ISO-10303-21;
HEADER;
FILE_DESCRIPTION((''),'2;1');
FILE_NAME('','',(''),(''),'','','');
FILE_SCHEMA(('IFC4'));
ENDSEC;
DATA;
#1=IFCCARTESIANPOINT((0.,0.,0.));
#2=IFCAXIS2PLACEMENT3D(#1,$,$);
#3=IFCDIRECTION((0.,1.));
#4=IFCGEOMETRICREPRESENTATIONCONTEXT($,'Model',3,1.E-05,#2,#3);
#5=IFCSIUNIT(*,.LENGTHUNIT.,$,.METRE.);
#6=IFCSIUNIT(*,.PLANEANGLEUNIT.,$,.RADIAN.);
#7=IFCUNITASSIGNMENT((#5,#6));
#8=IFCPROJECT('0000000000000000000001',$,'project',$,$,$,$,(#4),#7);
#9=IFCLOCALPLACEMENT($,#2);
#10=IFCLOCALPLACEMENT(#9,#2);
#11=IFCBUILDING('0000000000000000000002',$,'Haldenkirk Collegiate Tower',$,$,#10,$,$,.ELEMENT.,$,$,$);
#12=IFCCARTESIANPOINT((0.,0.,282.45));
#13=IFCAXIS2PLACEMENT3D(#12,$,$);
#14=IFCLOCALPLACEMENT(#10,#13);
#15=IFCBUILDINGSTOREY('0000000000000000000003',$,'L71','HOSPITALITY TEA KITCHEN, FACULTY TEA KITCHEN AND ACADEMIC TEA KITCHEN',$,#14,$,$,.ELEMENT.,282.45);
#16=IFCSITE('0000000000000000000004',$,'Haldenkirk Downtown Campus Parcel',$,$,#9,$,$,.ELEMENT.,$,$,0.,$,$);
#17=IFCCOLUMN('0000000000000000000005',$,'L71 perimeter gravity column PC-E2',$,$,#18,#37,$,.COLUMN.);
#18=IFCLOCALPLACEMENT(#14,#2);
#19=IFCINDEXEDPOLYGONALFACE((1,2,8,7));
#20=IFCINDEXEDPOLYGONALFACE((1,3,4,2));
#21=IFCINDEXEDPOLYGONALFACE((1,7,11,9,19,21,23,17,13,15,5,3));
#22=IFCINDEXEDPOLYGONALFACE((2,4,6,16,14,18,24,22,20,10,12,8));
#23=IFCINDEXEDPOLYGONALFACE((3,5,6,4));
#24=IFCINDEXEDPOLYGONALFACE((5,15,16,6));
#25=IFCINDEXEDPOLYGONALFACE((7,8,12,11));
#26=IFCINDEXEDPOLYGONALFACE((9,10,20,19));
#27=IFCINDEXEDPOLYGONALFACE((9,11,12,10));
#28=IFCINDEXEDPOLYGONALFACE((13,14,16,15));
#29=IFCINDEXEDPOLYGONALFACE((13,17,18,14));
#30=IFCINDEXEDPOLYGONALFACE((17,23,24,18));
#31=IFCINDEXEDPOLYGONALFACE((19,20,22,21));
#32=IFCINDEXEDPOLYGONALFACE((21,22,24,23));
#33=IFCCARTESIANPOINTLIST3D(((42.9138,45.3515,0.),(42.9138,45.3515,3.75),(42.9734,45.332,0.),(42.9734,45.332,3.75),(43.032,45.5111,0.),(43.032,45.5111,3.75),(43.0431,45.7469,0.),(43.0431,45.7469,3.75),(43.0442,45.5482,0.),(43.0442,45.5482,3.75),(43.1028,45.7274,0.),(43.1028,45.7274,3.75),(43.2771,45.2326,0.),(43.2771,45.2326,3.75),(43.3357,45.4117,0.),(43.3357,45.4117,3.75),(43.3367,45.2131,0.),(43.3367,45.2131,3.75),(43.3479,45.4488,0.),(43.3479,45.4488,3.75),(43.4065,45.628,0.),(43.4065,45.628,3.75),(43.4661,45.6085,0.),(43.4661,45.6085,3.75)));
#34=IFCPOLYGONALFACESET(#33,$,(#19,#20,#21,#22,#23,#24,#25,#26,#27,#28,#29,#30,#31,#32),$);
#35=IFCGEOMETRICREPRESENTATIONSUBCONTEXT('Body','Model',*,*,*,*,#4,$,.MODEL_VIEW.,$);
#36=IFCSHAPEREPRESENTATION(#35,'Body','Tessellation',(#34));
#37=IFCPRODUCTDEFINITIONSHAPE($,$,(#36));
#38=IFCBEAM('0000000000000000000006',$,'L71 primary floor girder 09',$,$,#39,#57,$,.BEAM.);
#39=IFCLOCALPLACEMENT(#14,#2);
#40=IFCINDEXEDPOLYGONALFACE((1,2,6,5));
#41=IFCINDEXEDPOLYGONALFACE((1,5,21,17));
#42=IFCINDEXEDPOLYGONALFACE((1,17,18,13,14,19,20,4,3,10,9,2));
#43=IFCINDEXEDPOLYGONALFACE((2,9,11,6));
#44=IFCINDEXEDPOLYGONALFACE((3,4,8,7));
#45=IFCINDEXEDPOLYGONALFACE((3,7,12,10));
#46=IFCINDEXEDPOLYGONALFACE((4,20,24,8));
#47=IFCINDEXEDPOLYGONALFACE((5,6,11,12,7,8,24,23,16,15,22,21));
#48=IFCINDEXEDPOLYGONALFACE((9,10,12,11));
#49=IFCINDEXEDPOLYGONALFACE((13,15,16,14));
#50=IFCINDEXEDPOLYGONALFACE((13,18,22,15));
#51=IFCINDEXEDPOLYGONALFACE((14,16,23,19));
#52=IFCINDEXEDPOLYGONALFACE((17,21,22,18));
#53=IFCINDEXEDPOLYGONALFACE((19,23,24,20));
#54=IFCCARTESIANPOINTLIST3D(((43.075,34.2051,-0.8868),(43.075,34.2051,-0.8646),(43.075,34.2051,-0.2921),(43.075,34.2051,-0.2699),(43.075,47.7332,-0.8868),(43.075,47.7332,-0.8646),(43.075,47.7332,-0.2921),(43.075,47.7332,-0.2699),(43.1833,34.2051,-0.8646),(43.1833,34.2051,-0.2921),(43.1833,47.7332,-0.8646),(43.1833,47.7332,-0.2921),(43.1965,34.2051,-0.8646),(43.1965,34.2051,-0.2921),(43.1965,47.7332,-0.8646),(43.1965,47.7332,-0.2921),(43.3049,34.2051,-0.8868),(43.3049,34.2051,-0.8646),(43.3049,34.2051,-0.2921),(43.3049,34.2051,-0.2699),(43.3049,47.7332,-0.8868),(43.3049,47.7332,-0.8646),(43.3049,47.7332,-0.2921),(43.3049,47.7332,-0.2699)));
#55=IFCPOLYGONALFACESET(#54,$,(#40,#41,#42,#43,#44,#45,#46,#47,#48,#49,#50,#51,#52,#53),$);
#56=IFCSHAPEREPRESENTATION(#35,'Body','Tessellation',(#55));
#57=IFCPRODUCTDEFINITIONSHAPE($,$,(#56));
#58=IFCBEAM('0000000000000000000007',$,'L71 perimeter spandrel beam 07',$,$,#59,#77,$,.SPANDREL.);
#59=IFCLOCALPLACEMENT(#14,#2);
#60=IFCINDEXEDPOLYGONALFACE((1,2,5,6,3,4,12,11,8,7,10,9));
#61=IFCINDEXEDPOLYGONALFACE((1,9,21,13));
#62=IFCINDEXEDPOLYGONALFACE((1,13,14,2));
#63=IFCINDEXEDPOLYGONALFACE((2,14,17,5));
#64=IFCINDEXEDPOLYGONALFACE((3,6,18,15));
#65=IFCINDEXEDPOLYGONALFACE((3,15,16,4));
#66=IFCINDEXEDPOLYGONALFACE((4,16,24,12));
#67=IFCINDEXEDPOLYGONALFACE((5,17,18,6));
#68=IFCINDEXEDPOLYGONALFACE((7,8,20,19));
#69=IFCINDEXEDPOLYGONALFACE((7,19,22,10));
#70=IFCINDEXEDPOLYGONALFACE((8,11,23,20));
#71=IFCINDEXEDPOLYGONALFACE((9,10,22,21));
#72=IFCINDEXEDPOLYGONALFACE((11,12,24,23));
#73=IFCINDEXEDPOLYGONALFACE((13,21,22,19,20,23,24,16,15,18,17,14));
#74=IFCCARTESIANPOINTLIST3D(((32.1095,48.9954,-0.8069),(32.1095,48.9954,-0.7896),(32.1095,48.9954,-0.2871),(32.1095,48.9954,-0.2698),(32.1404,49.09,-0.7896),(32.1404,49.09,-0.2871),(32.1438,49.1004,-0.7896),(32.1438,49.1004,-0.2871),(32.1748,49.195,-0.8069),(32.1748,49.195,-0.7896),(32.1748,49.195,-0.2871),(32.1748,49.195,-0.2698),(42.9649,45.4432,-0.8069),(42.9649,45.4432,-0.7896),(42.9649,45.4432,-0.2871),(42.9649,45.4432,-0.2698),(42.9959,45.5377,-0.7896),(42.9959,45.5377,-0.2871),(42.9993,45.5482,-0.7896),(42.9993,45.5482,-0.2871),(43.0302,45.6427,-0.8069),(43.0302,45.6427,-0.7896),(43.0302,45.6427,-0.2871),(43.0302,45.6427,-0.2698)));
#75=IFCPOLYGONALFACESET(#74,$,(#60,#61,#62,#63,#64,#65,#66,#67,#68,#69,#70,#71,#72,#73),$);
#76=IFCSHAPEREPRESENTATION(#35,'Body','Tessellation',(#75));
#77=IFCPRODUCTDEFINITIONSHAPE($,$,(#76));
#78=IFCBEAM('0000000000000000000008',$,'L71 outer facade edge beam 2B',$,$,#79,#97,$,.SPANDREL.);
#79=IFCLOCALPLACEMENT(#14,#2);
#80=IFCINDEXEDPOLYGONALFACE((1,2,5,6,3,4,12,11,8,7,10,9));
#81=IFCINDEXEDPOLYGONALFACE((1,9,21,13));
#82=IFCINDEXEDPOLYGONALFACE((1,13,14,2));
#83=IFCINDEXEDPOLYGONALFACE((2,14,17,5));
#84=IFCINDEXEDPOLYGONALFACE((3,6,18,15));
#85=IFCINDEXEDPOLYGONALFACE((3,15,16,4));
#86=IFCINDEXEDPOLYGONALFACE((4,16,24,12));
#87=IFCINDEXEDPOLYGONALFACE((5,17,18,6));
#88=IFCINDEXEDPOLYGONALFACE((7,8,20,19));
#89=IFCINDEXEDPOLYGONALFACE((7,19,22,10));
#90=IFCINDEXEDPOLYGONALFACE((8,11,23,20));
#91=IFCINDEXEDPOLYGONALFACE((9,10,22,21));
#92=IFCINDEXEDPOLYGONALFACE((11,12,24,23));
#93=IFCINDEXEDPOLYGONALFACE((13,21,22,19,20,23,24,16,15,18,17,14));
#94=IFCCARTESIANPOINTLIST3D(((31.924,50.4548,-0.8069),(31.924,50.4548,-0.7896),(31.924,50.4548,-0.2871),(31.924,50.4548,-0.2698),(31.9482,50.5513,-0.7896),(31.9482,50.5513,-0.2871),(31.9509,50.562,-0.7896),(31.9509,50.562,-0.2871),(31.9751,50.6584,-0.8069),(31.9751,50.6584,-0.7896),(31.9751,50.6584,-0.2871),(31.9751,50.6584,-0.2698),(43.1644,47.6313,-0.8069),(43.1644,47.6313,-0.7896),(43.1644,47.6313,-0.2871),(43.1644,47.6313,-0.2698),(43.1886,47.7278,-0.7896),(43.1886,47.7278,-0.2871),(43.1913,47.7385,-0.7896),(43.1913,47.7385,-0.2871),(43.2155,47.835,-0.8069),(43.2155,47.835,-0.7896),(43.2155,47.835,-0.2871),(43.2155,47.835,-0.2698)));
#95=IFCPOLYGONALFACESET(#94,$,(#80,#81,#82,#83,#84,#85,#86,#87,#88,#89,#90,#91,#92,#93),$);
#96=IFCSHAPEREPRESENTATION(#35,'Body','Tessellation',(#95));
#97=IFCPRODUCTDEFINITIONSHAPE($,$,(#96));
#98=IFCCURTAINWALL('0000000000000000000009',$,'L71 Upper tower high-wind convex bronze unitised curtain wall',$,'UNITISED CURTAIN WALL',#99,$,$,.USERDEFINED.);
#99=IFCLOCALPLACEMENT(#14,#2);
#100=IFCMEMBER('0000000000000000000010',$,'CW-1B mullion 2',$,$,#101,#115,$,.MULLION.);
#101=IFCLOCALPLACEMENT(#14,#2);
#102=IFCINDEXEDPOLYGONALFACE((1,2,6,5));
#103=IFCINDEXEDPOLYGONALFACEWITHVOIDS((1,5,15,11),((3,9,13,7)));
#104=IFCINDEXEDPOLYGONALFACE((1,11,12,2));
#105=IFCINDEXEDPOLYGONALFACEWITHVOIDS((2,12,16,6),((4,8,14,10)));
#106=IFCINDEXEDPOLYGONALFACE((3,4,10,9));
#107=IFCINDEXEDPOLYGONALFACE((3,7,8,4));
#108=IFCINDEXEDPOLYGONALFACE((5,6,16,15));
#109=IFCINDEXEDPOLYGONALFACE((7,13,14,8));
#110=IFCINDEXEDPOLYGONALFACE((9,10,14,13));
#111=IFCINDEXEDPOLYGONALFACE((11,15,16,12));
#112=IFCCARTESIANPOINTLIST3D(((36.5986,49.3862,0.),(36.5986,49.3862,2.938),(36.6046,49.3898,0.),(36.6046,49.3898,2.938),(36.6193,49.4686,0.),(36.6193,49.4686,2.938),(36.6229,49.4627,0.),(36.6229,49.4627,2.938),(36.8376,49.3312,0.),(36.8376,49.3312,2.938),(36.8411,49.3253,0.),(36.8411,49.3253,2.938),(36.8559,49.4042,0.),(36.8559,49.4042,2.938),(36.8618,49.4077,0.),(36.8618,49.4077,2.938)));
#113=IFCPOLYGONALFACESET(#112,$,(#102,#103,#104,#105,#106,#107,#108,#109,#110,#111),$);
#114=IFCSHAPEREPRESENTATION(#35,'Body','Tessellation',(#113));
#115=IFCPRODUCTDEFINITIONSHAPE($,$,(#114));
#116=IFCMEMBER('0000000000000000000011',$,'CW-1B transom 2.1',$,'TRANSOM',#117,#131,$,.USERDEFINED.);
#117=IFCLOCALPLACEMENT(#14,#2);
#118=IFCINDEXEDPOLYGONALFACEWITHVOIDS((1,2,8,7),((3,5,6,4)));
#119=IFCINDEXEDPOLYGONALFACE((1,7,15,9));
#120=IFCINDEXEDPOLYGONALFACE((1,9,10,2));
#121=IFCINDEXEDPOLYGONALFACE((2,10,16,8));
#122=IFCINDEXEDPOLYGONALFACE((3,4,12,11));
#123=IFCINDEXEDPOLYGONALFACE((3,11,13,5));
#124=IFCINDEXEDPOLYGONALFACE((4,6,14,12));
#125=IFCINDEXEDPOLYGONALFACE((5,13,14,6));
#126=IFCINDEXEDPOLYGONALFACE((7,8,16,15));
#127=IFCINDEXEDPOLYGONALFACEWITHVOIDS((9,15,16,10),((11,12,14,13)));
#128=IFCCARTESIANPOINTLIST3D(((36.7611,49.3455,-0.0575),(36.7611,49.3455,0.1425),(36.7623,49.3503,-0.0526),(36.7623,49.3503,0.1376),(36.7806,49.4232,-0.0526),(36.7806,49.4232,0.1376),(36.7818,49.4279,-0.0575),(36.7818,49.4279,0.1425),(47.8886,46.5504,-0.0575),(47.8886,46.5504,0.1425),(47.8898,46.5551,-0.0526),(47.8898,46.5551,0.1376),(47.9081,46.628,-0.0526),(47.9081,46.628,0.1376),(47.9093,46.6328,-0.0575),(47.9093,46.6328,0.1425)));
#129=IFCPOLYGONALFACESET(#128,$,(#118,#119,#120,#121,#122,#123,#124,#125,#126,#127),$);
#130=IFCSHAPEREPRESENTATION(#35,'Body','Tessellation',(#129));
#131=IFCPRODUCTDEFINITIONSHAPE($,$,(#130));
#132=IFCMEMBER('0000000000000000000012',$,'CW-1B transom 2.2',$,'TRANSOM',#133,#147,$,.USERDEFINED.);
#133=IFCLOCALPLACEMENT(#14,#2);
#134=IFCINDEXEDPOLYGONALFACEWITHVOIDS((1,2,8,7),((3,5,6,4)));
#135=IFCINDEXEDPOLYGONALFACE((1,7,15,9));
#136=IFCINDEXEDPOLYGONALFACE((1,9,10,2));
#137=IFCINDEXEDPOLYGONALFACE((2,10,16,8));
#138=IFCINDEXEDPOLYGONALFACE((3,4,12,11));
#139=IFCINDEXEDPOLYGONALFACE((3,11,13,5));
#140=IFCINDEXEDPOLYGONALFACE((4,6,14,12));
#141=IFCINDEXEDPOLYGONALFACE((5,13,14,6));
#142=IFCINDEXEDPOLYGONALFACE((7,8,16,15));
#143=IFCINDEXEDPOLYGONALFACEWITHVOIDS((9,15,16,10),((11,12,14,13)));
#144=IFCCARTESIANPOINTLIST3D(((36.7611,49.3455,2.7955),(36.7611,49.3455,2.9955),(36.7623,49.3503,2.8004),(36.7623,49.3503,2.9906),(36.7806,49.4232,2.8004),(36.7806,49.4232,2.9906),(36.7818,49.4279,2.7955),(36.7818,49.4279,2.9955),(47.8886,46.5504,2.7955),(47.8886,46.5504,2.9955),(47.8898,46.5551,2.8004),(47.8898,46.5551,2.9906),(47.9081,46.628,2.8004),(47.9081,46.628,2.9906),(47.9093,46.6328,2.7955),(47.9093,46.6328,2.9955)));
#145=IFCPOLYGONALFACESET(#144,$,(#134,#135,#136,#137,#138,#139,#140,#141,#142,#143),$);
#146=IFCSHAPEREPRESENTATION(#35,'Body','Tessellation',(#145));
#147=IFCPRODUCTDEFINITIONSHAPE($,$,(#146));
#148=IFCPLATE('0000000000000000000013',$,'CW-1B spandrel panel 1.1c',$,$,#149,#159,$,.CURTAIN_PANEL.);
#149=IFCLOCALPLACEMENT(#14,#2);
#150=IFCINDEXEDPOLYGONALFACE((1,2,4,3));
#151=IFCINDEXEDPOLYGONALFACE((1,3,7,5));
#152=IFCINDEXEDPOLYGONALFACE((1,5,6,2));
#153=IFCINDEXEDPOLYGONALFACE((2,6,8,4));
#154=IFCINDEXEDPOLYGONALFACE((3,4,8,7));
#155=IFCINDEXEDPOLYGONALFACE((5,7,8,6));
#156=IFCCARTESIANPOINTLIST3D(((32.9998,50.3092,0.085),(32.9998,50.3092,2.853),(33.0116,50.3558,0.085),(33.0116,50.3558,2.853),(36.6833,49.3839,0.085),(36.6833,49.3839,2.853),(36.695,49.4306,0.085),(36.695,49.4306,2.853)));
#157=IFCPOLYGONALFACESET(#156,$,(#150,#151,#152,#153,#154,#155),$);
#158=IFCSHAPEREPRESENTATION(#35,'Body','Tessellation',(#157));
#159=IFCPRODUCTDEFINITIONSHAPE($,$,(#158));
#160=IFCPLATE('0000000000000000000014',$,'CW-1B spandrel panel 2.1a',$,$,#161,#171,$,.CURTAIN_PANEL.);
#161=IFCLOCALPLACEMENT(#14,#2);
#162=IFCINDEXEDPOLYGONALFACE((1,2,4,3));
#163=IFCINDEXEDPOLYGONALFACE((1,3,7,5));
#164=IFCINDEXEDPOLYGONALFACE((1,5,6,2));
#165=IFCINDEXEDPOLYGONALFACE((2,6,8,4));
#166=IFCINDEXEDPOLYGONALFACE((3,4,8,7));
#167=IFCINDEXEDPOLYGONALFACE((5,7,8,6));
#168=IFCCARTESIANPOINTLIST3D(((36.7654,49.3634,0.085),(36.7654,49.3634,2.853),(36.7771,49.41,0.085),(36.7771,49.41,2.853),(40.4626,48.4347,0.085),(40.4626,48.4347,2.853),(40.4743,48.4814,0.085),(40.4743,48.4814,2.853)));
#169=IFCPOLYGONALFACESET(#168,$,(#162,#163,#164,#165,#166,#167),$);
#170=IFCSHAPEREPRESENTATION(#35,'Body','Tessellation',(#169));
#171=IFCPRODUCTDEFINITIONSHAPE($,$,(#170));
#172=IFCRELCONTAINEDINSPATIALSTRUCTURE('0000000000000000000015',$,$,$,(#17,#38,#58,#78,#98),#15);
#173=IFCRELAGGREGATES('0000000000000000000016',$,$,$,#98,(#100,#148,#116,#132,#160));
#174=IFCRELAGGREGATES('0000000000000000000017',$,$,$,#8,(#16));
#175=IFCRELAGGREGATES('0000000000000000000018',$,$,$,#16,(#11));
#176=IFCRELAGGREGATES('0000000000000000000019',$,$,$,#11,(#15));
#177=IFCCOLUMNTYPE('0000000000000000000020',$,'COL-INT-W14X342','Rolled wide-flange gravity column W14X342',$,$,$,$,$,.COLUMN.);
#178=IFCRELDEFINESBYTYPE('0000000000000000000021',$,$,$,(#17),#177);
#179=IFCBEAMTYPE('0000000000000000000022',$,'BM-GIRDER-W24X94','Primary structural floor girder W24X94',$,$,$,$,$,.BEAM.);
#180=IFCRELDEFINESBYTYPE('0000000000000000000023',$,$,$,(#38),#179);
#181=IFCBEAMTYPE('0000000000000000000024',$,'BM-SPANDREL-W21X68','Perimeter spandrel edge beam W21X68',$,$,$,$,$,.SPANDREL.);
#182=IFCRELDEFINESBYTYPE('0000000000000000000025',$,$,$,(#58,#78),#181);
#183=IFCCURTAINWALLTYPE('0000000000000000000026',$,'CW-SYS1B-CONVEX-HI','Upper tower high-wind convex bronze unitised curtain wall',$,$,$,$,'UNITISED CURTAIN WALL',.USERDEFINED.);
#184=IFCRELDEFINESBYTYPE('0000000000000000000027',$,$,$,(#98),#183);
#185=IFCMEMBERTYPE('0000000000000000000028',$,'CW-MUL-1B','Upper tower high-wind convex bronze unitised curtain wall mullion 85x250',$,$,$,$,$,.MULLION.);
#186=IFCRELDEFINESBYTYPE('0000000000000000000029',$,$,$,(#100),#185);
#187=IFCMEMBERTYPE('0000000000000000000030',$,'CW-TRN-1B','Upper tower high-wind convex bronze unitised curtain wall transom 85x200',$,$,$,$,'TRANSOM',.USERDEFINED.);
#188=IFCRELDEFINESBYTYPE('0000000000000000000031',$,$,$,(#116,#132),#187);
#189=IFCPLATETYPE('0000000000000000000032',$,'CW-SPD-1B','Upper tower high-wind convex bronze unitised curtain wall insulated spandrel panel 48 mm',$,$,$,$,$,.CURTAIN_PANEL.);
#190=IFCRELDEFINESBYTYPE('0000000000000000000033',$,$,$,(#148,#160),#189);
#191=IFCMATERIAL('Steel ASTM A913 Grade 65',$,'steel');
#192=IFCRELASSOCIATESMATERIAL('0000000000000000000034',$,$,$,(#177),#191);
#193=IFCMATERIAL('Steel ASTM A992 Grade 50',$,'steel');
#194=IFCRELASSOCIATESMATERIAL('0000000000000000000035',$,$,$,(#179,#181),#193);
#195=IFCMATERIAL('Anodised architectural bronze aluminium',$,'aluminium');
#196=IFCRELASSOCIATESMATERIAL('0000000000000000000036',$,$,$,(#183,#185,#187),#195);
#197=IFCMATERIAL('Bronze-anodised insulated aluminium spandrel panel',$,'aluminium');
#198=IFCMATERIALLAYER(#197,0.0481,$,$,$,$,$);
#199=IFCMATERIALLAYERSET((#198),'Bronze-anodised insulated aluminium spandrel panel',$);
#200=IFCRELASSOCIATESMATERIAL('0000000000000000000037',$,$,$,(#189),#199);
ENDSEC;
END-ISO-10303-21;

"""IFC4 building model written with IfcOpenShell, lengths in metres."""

from ifc_helpers import new_model, si_unit, direction, frame, origin, origin_2d, place, context, subcontext, project, spatial, rectangle, hollow_rectangle, i_section, extrude, source, transform, mapped, material, layer, layer_set, material_profile, profile_set, type_object, element, aggregate, save


model = new_model("IFC4")

# Units and contexts
model_context = context("Model", 3, precision=1e-05, world=origin(), true_north=direction((0.0, 1.0)))
body_context = subcontext(model_context, "Body", "Model", "MODEL_VIEW")
ifc_project = project(units=[si_unit("LENGTHUNIT", "METRE"), si_unit("PLANEANGLEUNIT", "RADIAN")], contexts=[model_context])

# Site, building, storey
site_placement = place(None, origin())
site = spatial("IfcSite", under=ifc_project, at=site_placement, Name="Haldenkirk Downtown Campus Parcel", CompositionType="ELEMENT", RefElevation=0.0)
building_placement = place(site_placement, origin())
building = spatial("IfcBuilding", under=site, at=building_placement, Name="Haldenkirk Collegiate Tower", CompositionType="ELEMENT")
storey_placement = place(building_placement, frame((0.0, 0.0, 282.45)))
storey = spatial("IfcBuildingStorey", under=building, at=storey_placement, Name="L71", Description="HOSPITALITY TEA KITCHEN, FACULTY TEA KITCHEN AND ACADEMIC TEA KITCHEN", CompositionType="ELEMENT", Elevation=282.45)

# Column
ifc_material_1 = material(Name="Steel ASTM A913 Grade 65", Category="steel")
ifc_material_profile_1 = material_profile(ifc_material_1, i_section(OverallWidth=0.416, OverallDepth=0.4451, WebThickness=0.0391, FlangeThickness=0.0627, at=origin_2d()), Name="W14X342")
ifc_profile_set_1 = profile_set([ifc_material_profile_1], Name="Steel ASTM A913 Grade 65")
column_type = type_object("IfcColumnType", Name="COL-INT-W14X342", Description="Rolled wide-flange gravity column W14X342", PredefinedType="COLUMN", material=ifc_profile_set_1)
column_placement = place(storey_placement, frame((43.1899, 45.48, 0.0), z_axis=(0.0, 0.0, 1.0), x_axis=(0.311008, 0.950407, 0.0)))
element("IfcColumn", 1, at=column_placement, inside=storey, type_object=column_type, Name="L71 perimeter gravity column PC-E2", PredefinedType="COLUMN", context=body_context, shape_type="SweptSolid", body=[
    extrude(i_section(OverallWidth=0.416, OverallDepth=0.4451, WebThickness=0.0391, FlangeThickness=0.0627, at=origin_2d()), origin(), (0.0, 0.0, 1.0), 3.75),
])

# Beams
ifc_material_2 = material(Name="Steel ASTM A992 Grade 50", Category="steel")
ifc_material_profile_2 = material_profile(ifc_material_2, i_section(OverallWidth=0.23, OverallDepth=0.6169, WebThickness=0.0132, FlangeThickness=0.0222, at=origin_2d()), Name="W24X94")
ifc_profile_set_2 = profile_set([ifc_material_profile_2], Name="Steel ASTM A992 Grade 50")
beam_type_1 = type_object("IfcBeamType", Name="BM-GIRDER-W24X94", Description="Primary structural floor girder W24X94", PredefinedType="BEAM", material=ifc_profile_set_2)
beam_1_placement = place(storey_placement, frame((43.1899, 47.7332, -0.5784), z_axis=(0.0, -1.0, 0.0), x_axis=(1.0, 0.0, 0.0)))
element("IfcBeam", 2, at=beam_1_placement, inside=storey, type_object=beam_type_1, Name="L71 primary floor girder 09", PredefinedType="BEAM", context=body_context, shape_type="SweptSolid", body=[
    extrude(i_section(OverallWidth=0.23, OverallDepth=0.6169, WebThickness=0.0132, FlangeThickness=0.0222, at=origin_2d()), origin(), (0.0, 0.0, 1.0), 13.5281),
])
ifc_material_profile_3 = material_profile(ifc_material_2, i_section(OverallWidth=0.21, OverallDepth=0.5371, WebThickness=0.011, FlangeThickness=0.0173, at=origin_2d()), Name="W21X68")
ifc_profile_set_3 = profile_set([ifc_material_profile_3], Name="Steel ASTM A992 Grade 50")
beam_type_2 = type_object("IfcBeamType", Name="BM-SPANDREL-W21X68", Description="Perimeter spandrel edge beam W21X68", PredefinedType="SPANDREL", material=ifc_profile_set_3)
beam_2_placement = place(storey_placement, frame((42.9976, 45.543, -0.5383), z_axis=(-0.950409, 0.311003, 0.0), x_axis=(-0.311003, -0.950409, 0.0)))
element("IfcBeam", 3, at=beam_2_placement, inside=storey, type_object=beam_type_2, Name="L71 perimeter spandrel beam 07", PredefinedType="SPANDREL", context=body_context, shape_type="SweptSolid", body=[
    extrude(i_section(OverallWidth=0.21, OverallDepth=0.5371, WebThickness=0.011, FlangeThickness=0.0173, at=origin_2d()), origin(), (0.0, 0.0, 1.0), 11.4219),
])
beam_3_placement = place(storey_placement, frame((43.1899, 47.7332, -0.5383), z_axis=(-0.969871, 0.243621, 0.0), x_axis=(-0.243621, -0.969871, 0.0)))
element("IfcBeam", 4, at=beam_3_placement, inside=storey, type_object=beam_type_2, Name="L71 outer facade edge beam 2B", PredefinedType="SPANDREL", context=body_context, shape_type="SweptSolid", body=[
    extrude(i_section(OverallWidth=0.21, OverallDepth=0.5371, WebThickness=0.011, FlangeThickness=0.0173, at=origin_2d()), origin(), (0.0, 0.0, 1.0), 11.5896),
])

# Curtain wall, members, plates
ifc_material_3 = material(Name="Anodised architectural bronze aluminium", Category="aluminium")
curtain_wall_type = type_object("IfcCurtainWallType", Name="CW-SYS1B-CONVEX-HI", Description="Upper tower high-wind convex bronze unitised curtain wall", ElementType="UNITISED CURTAIN WALL", PredefinedType="USERDEFINED", material=ifc_material_3)
curtain_wall_placement = place(storey_placement, origin())
curtain_wall = element("IfcCurtainWall", 5, at=curtain_wall_placement, inside=storey, type_object=curtain_wall_type, Name="L71 Upper tower high-wind convex bronze unitised curtain wall", ObjectType="UNITISED CURTAIN WALL", PredefinedType="USERDEFINED")
ifc_material_profile_4 = material_profile(ifc_material_3, hollow_rectangle(XDim=0.085, YDim=0.25, WallThickness=0.0049, at=origin_2d()), Name="CW-MUL-1B")
ifc_profile_set_4 = profile_set([ifc_material_profile_4], Name="Anodised architectural bronze aluminium")
member_type_1 = type_object("IfcMemberType", Name="CW-MUL-1B", Description="Upper tower high-wind convex bronze unitised curtain wall mullion 85x250", PredefinedType="MULLION", material=ifc_profile_set_4)
member_1_placement = place(storey_placement, frame((36.7302, 49.397, 0.0), z_axis=(0.0, 0.0, 1.0), x_axis=(0.243612, 0.969873, 0.0)))
member_1 = element("IfcMember", 6, at=member_1_placement, type_object=member_type_1, Name="CW-1B mullion 2", PredefinedType="MULLION", context=body_context, shape_type="SweptSolid", body=[
    extrude(hollow_rectangle(XDim=0.085, YDim=0.25, WallThickness=0.0049, at=origin_2d()), origin(), (0.0, 0.0, 1.0), 2.938),
])
ifc_material_profile_5 = material_profile(ifc_material_3, hollow_rectangle(XDim=0.085, YDim=0.2, WallThickness=0.0049, at=origin_2d()), Name="CW-TRN-1B")
ifc_profile_set_5 = profile_set([ifc_material_profile_5], Name="Anodised architectural bronze aluminium")
member_type_2 = type_object("IfcMemberType", Name="CW-TRN-1B", Description="Upper tower high-wind convex bronze unitised curtain wall transom 85x200", ElementType="TRANSOM", PredefinedType="USERDEFINED", material=ifc_profile_set_5)
member_2_placement = place(storey_placement, frame((36.7715, 49.3867, 0.0425), z_axis=(0.969869, -0.243627, 0.0), x_axis=(0.243627, 0.969869, 0.0)))
member_2 = element("IfcMember", 7, at=member_2_placement, type_object=member_type_2, Name="CW-1B transom 2.1", ObjectType="TRANSOM", PredefinedType="USERDEFINED", context=body_context, shape_type="SweptSolid", body=[
    extrude(hollow_rectangle(XDim=0.085, YDim=0.2, WallThickness=0.0049, at=origin_2d()), origin(), (0.0, 0.0, 1.0), 11.4731),
])
member_3_placement = place(storey_placement, frame((36.7715, 49.3867, 2.8955), z_axis=(0.969869, -0.243627, 0.0), x_axis=(0.243627, 0.969869, 0.0)))
member_3 = element("IfcMember", 8, at=member_3_placement, type_object=member_type_2, Name="CW-1B transom 2.2", ObjectType="TRANSOM", PredefinedType="USERDEFINED", context=body_context, shape_type="SweptSolid", body=[
    extrude(hollow_rectangle(XDim=0.085, YDim=0.2, WallThickness=0.0049, at=origin_2d()), origin(), (0.0, 0.0, 1.0), 11.4731),
])
ifc_material_4 = material(Name="Bronze-anodised insulated aluminium spandrel panel", Category="aluminium")
ifc_layer_1 = layer(ifc_material_4, 0.0481)
ifc_layer_set_1 = layer_set([ifc_layer_1], Name="Bronze-anodised insulated aluminium spandrel panel")
plate_type_1 = type_object("IfcPlateType", Name="CW-SPD-1B", Description="Upper tower high-wind convex bronze unitised curtain wall insulated spandrel panel 48 mm", PredefinedType="CURTAIN_PANEL", material=ifc_layer_set_1)
shared_shape_1 = source(origin(), body_context, "Body", "SweptSolid", [
    extrude(rectangle(XDim=3.7979, YDim=0.0481, at=origin_2d()), origin(), (0.0, 0.0, 1.0), 2.7681),
])
plate_1_placement = place(storey_placement, frame((34.8474, 49.8699, 0.085), z_axis=(0.0, 0.0, 1.0), x_axis=(0.969873, -0.243612, 0.0)))
plate_1 = element("IfcPlate", 9, at=plate_1_placement, type_object=plate_type_1, Name="CW-1B spandrel panel 1.1c", PredefinedType="CURTAIN_PANEL", context=body_context, shape_type="MappedRepresentation", body=[
    mapped(shared_shape_1, transform((0.0, 0.0, 0.0), x_axis=(1.0, 0.0, 0.0), y_axis=(0.0, 1.0, 0.0), z_axis=(0.0, 0.0, 1.0), scale=1.0)),
])
shared_shape_2 = source(origin(), body_context, "Body", "SweptSolid", [
    extrude(rectangle(XDim=3.812, YDim=0.0481, at=origin_2d()), origin(), (0.0, 0.0, 1.0), 2.7681),
])
plate_2_placement = place(storey_placement, frame((38.6199, 48.9224, 0.085), z_axis=(0.0, 0.0, 1.0), x_axis=(0.969873, -0.243612, 0.0)))
plate_2 = element("IfcPlate", 10, at=plate_2_placement, type_object=plate_type_1, Name="CW-1B spandrel panel 2.1a", PredefinedType="CURTAIN_PANEL", context=body_context, shape_type="MappedRepresentation", body=[
    mapped(shared_shape_2, transform((0.0, 0.0, 0.0), x_axis=(1.0, 0.0, 0.0), y_axis=(0.0, 1.0, 0.0), z_axis=(0.0, 0.0, 1.0), scale=1.0)),
])
aggregate(curtain_wall, [member_1, plate_1, member_2, member_3, plate_2])

save(model, "model.ifc")
